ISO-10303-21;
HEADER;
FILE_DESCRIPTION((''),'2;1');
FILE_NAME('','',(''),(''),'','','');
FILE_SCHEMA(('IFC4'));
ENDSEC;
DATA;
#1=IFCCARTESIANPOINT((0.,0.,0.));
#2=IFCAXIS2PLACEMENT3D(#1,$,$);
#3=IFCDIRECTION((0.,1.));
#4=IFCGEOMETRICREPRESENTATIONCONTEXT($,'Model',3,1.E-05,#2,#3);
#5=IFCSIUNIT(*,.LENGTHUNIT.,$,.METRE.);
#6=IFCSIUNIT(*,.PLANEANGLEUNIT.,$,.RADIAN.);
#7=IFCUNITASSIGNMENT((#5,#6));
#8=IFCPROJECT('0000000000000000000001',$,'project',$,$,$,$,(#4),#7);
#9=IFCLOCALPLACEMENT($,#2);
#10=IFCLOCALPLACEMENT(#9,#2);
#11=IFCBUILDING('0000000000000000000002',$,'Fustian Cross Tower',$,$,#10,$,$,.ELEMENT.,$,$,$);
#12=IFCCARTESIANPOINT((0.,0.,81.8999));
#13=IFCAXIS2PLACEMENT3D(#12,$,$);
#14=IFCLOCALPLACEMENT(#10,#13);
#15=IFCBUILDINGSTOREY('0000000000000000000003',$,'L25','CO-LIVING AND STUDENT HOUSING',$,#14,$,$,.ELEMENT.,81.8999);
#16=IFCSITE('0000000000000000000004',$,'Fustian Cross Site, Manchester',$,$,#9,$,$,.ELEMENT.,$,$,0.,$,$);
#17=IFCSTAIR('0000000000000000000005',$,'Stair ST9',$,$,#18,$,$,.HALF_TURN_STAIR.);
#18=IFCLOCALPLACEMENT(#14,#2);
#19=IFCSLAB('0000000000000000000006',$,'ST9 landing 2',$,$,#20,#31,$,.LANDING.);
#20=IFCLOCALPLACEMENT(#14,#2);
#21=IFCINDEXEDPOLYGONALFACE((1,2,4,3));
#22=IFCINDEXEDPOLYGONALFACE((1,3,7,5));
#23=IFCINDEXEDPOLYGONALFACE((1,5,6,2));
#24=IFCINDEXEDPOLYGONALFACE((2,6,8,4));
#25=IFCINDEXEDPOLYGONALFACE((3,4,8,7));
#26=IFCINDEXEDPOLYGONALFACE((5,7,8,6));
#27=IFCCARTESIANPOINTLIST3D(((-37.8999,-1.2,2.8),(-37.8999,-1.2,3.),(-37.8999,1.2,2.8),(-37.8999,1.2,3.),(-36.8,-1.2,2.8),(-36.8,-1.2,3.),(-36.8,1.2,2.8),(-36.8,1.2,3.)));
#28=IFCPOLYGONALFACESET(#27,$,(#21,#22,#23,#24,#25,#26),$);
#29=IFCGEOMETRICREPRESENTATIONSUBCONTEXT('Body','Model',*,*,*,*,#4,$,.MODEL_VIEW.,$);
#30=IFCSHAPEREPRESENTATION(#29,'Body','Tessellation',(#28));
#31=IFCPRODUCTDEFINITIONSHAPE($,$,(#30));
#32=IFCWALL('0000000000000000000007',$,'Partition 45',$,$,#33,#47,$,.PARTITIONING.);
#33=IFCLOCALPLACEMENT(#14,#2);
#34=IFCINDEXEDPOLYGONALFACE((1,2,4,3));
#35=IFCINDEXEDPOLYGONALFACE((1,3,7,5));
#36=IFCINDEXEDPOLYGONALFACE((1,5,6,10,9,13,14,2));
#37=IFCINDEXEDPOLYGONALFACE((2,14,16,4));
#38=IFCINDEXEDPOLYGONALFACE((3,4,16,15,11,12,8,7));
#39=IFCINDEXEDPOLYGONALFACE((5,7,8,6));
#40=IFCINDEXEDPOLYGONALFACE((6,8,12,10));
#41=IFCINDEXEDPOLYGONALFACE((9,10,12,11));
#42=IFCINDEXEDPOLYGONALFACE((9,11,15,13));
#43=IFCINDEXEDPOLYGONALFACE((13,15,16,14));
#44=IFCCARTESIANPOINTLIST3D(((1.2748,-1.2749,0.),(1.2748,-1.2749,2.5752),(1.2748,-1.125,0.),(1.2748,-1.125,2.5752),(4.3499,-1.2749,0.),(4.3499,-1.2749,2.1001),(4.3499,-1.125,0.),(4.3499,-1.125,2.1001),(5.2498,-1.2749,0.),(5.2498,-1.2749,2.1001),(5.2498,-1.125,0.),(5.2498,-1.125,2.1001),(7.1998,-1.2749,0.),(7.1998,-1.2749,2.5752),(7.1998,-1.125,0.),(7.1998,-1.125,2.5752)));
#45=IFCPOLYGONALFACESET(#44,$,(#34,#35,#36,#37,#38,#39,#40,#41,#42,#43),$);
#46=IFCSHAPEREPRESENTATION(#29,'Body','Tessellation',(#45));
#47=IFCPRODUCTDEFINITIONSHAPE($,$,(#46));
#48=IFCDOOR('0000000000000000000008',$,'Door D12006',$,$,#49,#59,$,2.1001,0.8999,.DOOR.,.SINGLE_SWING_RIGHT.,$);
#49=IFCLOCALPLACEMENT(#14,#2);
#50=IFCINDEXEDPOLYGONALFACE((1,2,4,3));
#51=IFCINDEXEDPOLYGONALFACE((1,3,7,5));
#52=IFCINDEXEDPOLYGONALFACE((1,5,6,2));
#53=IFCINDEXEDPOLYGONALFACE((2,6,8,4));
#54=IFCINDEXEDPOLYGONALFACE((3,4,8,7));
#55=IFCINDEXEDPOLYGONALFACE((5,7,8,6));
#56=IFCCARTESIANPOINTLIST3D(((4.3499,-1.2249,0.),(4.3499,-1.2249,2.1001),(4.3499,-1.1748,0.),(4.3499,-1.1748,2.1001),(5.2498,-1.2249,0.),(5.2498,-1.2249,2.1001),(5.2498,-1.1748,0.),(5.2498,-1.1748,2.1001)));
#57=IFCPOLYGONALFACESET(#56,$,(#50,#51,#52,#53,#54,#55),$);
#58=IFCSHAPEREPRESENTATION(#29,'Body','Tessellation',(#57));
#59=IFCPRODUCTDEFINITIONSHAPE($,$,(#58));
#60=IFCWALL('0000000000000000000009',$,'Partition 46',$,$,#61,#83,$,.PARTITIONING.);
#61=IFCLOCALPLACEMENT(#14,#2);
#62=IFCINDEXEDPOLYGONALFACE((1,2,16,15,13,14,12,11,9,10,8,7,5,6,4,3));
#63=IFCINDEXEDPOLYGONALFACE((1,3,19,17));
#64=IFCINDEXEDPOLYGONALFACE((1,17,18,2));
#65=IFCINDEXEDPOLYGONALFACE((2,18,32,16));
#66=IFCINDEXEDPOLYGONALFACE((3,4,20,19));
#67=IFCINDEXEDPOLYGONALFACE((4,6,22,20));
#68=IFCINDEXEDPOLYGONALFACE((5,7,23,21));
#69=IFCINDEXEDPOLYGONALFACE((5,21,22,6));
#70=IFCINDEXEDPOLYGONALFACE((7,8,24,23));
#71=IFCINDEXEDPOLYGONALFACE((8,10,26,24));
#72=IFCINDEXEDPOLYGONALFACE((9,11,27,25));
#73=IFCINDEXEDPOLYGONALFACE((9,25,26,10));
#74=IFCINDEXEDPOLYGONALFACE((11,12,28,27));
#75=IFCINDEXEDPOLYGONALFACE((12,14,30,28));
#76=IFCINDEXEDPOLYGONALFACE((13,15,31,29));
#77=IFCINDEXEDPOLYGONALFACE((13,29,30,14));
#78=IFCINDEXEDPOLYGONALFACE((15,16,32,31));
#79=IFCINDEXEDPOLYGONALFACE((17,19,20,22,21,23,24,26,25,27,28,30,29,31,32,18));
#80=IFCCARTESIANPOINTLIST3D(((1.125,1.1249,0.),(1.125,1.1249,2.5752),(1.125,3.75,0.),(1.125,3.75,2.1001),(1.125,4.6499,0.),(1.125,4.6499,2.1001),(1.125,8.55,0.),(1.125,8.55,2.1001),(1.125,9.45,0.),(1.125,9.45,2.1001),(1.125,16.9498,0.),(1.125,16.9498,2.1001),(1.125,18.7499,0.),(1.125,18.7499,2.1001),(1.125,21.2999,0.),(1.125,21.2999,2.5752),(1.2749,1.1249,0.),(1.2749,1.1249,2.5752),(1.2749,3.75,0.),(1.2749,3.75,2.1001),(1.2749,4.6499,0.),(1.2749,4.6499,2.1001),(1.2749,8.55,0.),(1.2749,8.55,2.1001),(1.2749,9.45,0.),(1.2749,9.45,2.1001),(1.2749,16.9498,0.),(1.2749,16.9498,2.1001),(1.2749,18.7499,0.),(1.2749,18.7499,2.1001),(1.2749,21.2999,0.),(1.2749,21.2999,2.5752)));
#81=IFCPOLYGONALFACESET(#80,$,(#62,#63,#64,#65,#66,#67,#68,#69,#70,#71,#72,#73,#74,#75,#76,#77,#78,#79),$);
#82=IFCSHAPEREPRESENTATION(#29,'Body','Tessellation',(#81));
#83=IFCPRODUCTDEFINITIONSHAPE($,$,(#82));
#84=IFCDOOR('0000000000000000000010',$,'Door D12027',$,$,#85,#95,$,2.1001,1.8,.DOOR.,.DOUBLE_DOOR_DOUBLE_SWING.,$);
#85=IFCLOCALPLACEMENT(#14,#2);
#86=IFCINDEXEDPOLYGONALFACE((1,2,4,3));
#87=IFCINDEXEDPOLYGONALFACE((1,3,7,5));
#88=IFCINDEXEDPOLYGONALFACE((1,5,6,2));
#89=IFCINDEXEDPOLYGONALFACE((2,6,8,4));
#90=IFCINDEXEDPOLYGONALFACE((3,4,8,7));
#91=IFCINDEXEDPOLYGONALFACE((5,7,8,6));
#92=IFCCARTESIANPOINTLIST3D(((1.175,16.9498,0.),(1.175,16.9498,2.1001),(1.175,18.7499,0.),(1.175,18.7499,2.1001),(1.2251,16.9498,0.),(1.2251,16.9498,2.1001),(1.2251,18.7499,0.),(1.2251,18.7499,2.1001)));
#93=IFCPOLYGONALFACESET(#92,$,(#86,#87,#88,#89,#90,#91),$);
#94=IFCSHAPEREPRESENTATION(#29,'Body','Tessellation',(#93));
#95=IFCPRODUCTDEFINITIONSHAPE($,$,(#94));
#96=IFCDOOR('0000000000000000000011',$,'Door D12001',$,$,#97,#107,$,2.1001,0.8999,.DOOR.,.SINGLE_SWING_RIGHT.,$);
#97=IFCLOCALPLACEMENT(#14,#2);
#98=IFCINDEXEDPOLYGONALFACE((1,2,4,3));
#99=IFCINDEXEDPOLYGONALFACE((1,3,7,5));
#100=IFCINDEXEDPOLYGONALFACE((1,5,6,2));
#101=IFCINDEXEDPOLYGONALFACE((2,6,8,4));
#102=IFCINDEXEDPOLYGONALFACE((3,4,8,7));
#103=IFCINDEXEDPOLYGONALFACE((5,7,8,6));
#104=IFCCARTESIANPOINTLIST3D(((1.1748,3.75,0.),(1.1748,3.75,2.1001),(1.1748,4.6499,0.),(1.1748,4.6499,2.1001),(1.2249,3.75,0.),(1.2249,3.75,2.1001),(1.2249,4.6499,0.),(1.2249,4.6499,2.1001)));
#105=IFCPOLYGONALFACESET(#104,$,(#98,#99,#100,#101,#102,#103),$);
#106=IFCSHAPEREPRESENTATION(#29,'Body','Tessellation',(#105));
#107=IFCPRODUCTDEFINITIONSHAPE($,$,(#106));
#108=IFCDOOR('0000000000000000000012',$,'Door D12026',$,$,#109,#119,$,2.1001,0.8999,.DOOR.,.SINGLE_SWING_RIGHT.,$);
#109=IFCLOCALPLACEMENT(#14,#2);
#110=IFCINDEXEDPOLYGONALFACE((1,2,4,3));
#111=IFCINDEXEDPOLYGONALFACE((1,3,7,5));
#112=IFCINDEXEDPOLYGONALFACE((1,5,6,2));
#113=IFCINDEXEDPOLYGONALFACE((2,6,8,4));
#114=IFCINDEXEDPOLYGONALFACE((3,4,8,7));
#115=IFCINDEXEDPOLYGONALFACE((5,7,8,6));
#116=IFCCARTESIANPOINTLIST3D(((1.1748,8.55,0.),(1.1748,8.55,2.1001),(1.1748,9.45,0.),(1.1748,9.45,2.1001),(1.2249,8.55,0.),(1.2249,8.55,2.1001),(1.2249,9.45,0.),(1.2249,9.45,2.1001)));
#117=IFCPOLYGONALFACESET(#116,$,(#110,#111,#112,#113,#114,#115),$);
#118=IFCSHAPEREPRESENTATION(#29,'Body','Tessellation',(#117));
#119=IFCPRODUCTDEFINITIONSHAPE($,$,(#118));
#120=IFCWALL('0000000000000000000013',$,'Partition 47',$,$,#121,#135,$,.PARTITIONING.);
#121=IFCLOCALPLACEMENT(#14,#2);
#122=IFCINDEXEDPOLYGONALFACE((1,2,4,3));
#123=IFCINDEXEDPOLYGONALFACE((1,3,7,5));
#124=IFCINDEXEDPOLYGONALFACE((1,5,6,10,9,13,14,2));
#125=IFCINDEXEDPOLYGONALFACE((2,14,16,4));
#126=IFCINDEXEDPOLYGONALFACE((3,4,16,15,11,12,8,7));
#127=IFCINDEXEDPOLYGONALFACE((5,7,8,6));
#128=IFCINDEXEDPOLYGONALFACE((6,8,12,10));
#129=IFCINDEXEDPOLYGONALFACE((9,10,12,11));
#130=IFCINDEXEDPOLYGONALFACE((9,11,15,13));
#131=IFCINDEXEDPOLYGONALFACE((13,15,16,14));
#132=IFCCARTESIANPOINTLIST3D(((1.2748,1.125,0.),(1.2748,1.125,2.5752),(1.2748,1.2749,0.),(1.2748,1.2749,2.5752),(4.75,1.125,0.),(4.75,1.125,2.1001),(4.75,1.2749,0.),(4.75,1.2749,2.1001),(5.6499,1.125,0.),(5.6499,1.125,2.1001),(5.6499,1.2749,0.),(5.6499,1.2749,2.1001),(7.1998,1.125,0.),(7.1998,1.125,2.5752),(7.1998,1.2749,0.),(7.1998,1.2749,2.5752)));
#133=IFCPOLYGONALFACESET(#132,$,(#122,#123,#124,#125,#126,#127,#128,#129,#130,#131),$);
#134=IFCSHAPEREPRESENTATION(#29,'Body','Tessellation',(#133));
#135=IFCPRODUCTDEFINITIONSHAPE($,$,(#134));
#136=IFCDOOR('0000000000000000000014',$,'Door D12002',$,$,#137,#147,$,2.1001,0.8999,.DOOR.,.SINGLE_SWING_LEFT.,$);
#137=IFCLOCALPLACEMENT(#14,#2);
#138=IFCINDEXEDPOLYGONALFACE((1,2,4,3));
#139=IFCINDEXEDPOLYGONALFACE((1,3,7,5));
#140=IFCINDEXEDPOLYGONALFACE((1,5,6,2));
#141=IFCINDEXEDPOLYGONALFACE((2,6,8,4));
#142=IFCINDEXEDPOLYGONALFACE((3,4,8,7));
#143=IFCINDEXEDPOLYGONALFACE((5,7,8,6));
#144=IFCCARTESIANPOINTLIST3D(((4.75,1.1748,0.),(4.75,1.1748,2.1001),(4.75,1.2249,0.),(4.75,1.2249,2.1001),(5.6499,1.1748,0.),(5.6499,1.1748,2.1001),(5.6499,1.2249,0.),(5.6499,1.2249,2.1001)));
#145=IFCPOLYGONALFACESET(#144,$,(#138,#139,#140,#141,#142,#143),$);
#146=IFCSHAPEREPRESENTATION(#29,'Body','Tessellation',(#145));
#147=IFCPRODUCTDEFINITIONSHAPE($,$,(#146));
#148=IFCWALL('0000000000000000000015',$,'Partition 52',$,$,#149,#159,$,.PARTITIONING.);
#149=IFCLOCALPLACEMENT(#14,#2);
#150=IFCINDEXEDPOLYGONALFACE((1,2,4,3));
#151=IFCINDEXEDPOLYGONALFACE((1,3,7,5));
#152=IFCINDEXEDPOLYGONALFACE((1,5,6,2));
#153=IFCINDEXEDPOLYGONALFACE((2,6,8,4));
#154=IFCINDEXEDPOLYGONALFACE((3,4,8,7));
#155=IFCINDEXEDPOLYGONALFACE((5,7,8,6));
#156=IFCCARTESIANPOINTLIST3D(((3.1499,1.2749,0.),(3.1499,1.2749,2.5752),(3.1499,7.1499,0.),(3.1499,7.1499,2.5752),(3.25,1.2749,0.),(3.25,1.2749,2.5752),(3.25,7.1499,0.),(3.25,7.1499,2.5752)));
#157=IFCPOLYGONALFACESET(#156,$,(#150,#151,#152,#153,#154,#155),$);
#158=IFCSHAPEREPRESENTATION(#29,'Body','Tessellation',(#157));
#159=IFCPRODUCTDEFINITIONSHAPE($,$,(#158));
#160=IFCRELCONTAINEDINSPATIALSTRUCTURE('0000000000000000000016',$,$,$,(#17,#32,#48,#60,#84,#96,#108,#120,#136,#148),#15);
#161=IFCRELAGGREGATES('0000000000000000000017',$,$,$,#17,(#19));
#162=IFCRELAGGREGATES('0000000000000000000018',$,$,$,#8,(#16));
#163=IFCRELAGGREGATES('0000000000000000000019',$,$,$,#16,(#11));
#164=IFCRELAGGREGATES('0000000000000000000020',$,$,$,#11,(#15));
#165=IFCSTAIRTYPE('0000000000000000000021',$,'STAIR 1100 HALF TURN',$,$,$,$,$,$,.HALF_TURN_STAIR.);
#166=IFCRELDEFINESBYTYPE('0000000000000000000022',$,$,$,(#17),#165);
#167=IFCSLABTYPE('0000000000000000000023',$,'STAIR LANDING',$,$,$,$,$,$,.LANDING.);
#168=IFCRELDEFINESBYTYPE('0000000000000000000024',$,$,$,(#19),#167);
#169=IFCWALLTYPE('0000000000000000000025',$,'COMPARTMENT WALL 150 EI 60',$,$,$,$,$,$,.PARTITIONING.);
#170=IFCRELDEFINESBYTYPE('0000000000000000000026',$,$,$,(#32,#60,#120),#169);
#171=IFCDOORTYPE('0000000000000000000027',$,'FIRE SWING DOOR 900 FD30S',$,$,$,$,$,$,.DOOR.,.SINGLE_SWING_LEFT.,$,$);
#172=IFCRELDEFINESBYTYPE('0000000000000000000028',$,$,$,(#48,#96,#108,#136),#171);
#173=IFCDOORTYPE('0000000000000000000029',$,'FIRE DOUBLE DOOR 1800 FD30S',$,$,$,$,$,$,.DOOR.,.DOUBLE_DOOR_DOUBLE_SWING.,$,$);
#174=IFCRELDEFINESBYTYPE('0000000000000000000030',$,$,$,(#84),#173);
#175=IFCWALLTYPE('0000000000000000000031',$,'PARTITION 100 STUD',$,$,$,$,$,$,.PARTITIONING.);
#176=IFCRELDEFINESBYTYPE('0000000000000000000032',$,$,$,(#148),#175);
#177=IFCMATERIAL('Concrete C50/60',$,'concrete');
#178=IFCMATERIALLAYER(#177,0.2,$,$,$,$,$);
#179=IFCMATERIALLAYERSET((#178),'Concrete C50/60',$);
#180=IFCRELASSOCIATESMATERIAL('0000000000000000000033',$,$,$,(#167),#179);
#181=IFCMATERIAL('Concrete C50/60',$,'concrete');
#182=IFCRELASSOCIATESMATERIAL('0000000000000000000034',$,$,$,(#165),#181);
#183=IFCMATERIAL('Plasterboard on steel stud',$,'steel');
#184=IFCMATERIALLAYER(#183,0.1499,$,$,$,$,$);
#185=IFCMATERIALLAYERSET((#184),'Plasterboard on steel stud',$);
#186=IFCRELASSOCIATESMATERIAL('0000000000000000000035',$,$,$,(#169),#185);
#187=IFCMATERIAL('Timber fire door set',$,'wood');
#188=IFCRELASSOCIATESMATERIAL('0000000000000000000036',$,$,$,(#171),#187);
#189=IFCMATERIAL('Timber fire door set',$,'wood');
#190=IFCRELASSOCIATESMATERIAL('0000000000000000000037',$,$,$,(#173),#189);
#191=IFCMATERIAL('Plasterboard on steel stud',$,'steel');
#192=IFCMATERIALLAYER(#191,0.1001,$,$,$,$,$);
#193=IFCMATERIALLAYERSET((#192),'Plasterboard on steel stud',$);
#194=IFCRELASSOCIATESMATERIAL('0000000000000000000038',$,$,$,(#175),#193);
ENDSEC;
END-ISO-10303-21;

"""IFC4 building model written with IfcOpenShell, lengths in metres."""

from ifc_helpers import new_model, si_unit, direction, frame, frame_2d, origin, place, context, subcontext, project, spatial, polyline, rectangle, outline, extrude, material, layer, layer_set, type_object, element, fill, aggregate, save


model = new_model("IFC4")

# Units and contexts
model_context = context("Model", 3, precision=1e-05, world=origin(), true_north=direction((0.0, 1.0)))
body_context = subcontext(model_context, "Body", "Model", "MODEL_VIEW")
ifc_project = project(units=[si_unit("LENGTHUNIT", "METRE"), si_unit("PLANEANGLEUNIT", "RADIAN")], contexts=[model_context])

# Site, building, storey
site_placement = place(None, origin())
site = spatial("IfcSite", under=ifc_project, at=site_placement, Name="Fustian Cross Site, Manchester", CompositionType="ELEMENT", RefElevation=0.0)
building_placement = place(site_placement, origin())
building = spatial("IfcBuilding", under=site, at=building_placement, Name="Fustian Cross Tower", CompositionType="ELEMENT")
storey_placement = place(building_placement, frame((0.0, 0.0, 81.8999)))
storey = spatial("IfcBuildingStorey", under=building, at=storey_placement, Name="L25", Description="CO-LIVING AND STUDENT HOUSING", CompositionType="ELEMENT", Elevation=81.8999)

# Shared definitions
ifc_material_1 = material(Name="Concrete C50/60", Category="concrete")
ifc_layer_1 = layer(ifc_material_1, 0.2)
ifc_layer_set_1 = layer_set([ifc_layer_1], Name="Concrete C50/60")
slab_type = type_object("IfcSlabType", Name="STAIR LANDING", PredefinedType="LANDING", material=ifc_layer_set_1)

# Stair, slab
ifc_material_2 = material(Name="Concrete C50/60", Category="concrete")
stair_type_1 = type_object("IfcStairType", Name="STAIR 1100 HALF TURN", PredefinedType="HALF_TURN_STAIR", material=ifc_material_2)
stair_1_placement = place(storey_placement, origin())
stair_1 = element("IfcStair", 1, at=stair_1_placement, inside=storey, type_object=stair_type_1, Name="Stair ST9", PredefinedType="HALF_TURN_STAIR")
slab_1_placement = place(storey_placement, frame((0.0, 0.0, 2.8)))
slab_1 = element("IfcSlab", 2, at=slab_1_placement, type_object=slab_type, Name="ST9 landing 2", PredefinedType="LANDING", context=body_context, shape_type="SweptSolid", body=[
    extrude(outline(polyline([(-36.8, -1.2), (-37.8999, -1.2), (-37.8999, 1.2), (-36.8, 1.2), (-36.8, -1.2)])), origin(), (0.0, 0.0, 1.0), 0.2),
])
aggregate(stair_1, [slab_1])

# Wall, opening, door
ifc_material_3 = material(Name="Plasterboard on steel stud", Category="steel")
ifc_layer_2 = layer(ifc_material_3, 0.1499)
ifc_layer_set_2 = layer_set([ifc_layer_2], Name="Plasterboard on steel stud")
wall_type_1 = type_object("IfcWallType", Name="COMPARTMENT WALL 150 EI 60", PredefinedType="PARTITIONING", material=ifc_layer_set_2)
wall_1_placement = place(storey_placement, frame((1.2749, -1.2, 0.0), z_axis=(0.0, 0.0, 1.0), x_axis=(1.0, 0.0, 0.0)))
wall_1 = element("IfcWall", 3, at=wall_1_placement, inside=storey, type_object=wall_type_1, Name="Partition 45", PredefinedType="PARTITIONING", context=body_context, shape_type="SweptSolid", body=[
    extrude(rectangle(XDim=5.925, YDim=0.1499, at=frame_2d((2.9624, 0.0))), origin(), (0.0, 0.0, 1.0), 2.5752),
])
opening_1_placement = place(wall_1_placement, frame((3.075, 0.0, 0.0)))
opening_1 = element("IfcOpeningElement", 4, at=opening_1_placement, cuts=wall_1, PredefinedType="OPENING", context=body_context, shape_type="SweptSolid", body=[
    extrude(rectangle(XDim=0.8999, YDim=2.1001, at=frame_2d((0.45, 1.05))), frame((0.0, 0.085, 0.0), z_axis=(0.0, -1.0, 0.0), x_axis=(1.0, 0.0, 0.0)), (0.0, 0.0, 1.0), 0.1699),
])
ifc_material_4 = material(Name="Timber fire door set", Category="wood")
door_type_1 = type_object("IfcDoorType", Name="FIRE SWING DOOR 900 FD30S", OperationType="SINGLE_SWING_LEFT", PredefinedType="DOOR", material=ifc_material_4)
door_1_placement = place(opening_1_placement, frame((0.8999, 0.0, 0.0), z_axis=(0.0, 0.0, 1.0), x_axis=(-1.0, 0.0, 0.0)))
door_1 = element("IfcDoor", 5, at=door_1_placement, inside=storey, type_object=door_type_1, Name="Door D12006", OperationType="SINGLE_SWING_RIGHT", OverallHeight=2.1001, OverallWidth=0.8999, PredefinedType="DOOR", context=body_context, shape_type="SweptSolid", body=[
    extrude(rectangle(XDim=0.8999, YDim=2.1001, at=frame_2d((0.45, 1.05))), frame((0.0, 0.0249, 0.0), z_axis=(0.0, -1.0, 0.0), x_axis=(1.0, 0.0, 0.0)), (0.0, 0.0, 1.0), 0.05),
])
fill(opening_1, door_1)

# Wall, openings, doors
wall_2_placement = place(storey_placement, frame((1.2, 1.125, 0.0), z_axis=(0.0, 0.0, 1.0), x_axis=(0.0, 1.0, 0.0)))
wall_2 = element("IfcWall", 6, at=wall_2_placement, inside=storey, type_object=wall_type_1, Name="Partition 46", PredefinedType="PARTITIONING", context=body_context, shape_type="SweptSolid", body=[
    extrude(rectangle(XDim=20.175, YDim=0.1499, at=frame_2d((10.0874, 0.0))), origin(), (0.0, 0.0, 1.0), 2.5752),
])
opening_2_placement = place(wall_2_placement, frame((2.625, 0.0, 0.0)))
opening_2 = element("IfcOpeningElement", 7, at=opening_2_placement, cuts=wall_2, PredefinedType="OPENING", context=body_context, shape_type="SweptSolid", body=[
    extrude(rectangle(XDim=0.8999, YDim=2.1001, at=frame_2d((0.45, 1.05))), frame((0.0, 0.085, 0.0), z_axis=(0.0, -1.0, 0.0), x_axis=(1.0, 0.0, 0.0)), (0.0, 0.0, 1.0), 0.1699),
])
opening_3_placement = place(wall_2_placement, frame((7.425, 0.0, 0.0)))
opening_3 = element("IfcOpeningElement", 8, at=opening_3_placement, cuts=wall_2, PredefinedType="OPENING", context=body_context, shape_type="SweptSolid", body=[
    extrude(rectangle(XDim=0.8999, YDim=2.1001, at=frame_2d((0.45, 1.05))), frame((0.0, 0.085, 0.0), z_axis=(0.0, -1.0, 0.0), x_axis=(1.0, 0.0, 0.0)), (0.0, 0.0, 1.0), 0.1699),
])
opening_4_placement = place(wall_2_placement, frame((15.825, 0.0, 0.0)))
opening_4 = element("IfcOpeningElement", 9, at=opening_4_placement, cuts=wall_2, PredefinedType="OPENING", context=body_context, shape_type="SweptSolid", body=[
    extrude(rectangle(XDim=1.8, YDim=2.1001, at=frame_2d((0.8999, 1.05))), frame((0.0, 0.085, 0.0), z_axis=(0.0, -1.0, 0.0), x_axis=(1.0, 0.0, 0.0)), (0.0, 0.0, 1.0), 0.1699),
])
ifc_material_5 = material(Name="Timber fire door set", Category="wood")
door_type_2 = type_object("IfcDoorType", Name="FIRE DOUBLE DOOR 1800 FD30S", OperationType="DOUBLE_DOOR_DOUBLE_SWING", PredefinedType="DOOR", material=ifc_material_5)
door_2_placement = place(opening_4_placement, origin())
door_2 = element("IfcDoor", 10, at=door_2_placement, inside=storey, type_object=door_type_2, Name="Door D12027", OperationType="DOUBLE_DOOR_DOUBLE_SWING", OverallHeight=2.1001, OverallWidth=1.8, PredefinedType="DOOR", context=body_context, shape_type="SweptSolid", body=[
    extrude(rectangle(XDim=1.8, YDim=2.1001, at=frame_2d((0.8999, 1.05))), frame((0.0, 0.0249, 0.0), z_axis=(0.0, -1.0, 0.0), x_axis=(1.0, 0.0, 0.0)), (0.0, 0.0, 1.0), 0.05),
])
fill(opening_4, door_2)
door_3_placement = place(opening_2_placement, frame((0.8999, 0.0, 0.0), z_axis=(0.0, 0.0, 1.0), x_axis=(-1.0, 0.0, 0.0)))
door_3 = element("IfcDoor", 11, at=door_3_placement, inside=storey, type_object=door_type_1, Name="Door D12001", OperationType="SINGLE_SWING_RIGHT", OverallHeight=2.1001, OverallWidth=0.8999, PredefinedType="DOOR", context=body_context, shape_type="SweptSolid", body=[
    extrude(rectangle(XDim=0.8999, YDim=2.1001, at=frame_2d((0.45, 1.05))), frame((0.0, 0.0249, 0.0), z_axis=(0.0, -1.0, 0.0), x_axis=(1.0, 0.0, 0.0)), (0.0, 0.0, 1.0), 0.05),
])
fill(opening_2, door_3)
door_4_placement = place(opening_3_placement, frame((0.8999, 0.0, 0.0), z_axis=(0.0, 0.0, 1.0), x_axis=(-1.0, 0.0, 0.0)))
door_4 = element("IfcDoor", 12, at=door_4_placement, inside=storey, type_object=door_type_1, Name="Door D12026", OperationType="SINGLE_SWING_RIGHT", OverallHeight=2.1001, OverallWidth=0.8999, PredefinedType="DOOR", context=body_context, shape_type="SweptSolid", body=[
    extrude(rectangle(XDim=0.8999, YDim=2.1001, at=frame_2d((0.45, 1.05))), frame((0.0, 0.0249, 0.0), z_axis=(0.0, -1.0, 0.0), x_axis=(1.0, 0.0, 0.0)), (0.0, 0.0, 1.0), 0.05),
])
fill(opening_3, door_4)

# Wall, opening, door
wall_3_placement = place(storey_placement, frame((1.2749, 1.2, 0.0), z_axis=(0.0, 0.0, 1.0), x_axis=(1.0, 0.0, 0.0)))
wall_3 = element("IfcWall", 13, at=wall_3_placement, inside=storey, type_object=wall_type_1, Name="Partition 47", PredefinedType="PARTITIONING", context=body_context, shape_type="SweptSolid", body=[
    extrude(rectangle(XDim=5.925, YDim=0.1499, at=frame_2d((2.9624, 0.0))), origin(), (0.0, 0.0, 1.0), 2.5752),
])
opening_5_placement = place(wall_3_placement, frame((3.4751, 0.0, 0.0)))
opening_5 = element("IfcOpeningElement", 14, at=opening_5_placement, cuts=wall_3, PredefinedType="OPENING", context=body_context, shape_type="SweptSolid", body=[
    extrude(rectangle(XDim=0.8999, YDim=2.1001, at=frame_2d((0.45, 1.05))), frame((0.0, 0.085, 0.0), z_axis=(0.0, -1.0, 0.0), x_axis=(1.0, 0.0, 0.0)), (0.0, 0.0, 1.0), 0.1699),
])
door_5_placement = place(opening_5_placement, origin())
door_5 = element("IfcDoor", 15, at=door_5_placement, inside=storey, type_object=door_type_1, Name="Door D12002", OperationType="SINGLE_SWING_LEFT", OverallHeight=2.1001, OverallWidth=0.8999, PredefinedType="DOOR", context=body_context, shape_type="SweptSolid", body=[
    extrude(rectangle(XDim=0.8999, YDim=2.1001, at=frame_2d((0.45, 1.05))), frame((0.0, 0.0249, 0.0), z_axis=(0.0, -1.0, 0.0), x_axis=(1.0, 0.0, 0.0)), (0.0, 0.0, 1.0), 0.05),
])
fill(opening_5, door_5)

# Wall
ifc_material_6 = material(Name="Plasterboard on steel stud", Category="steel")
ifc_layer_3 = layer(ifc_material_6, 0.1001)
ifc_layer_set_3 = layer_set([ifc_layer_3], Name="Plasterboard on steel stud")
wall_type_2 = type_object("IfcWallType", Name="PARTITION 100 STUD", PredefinedType="PARTITIONING", material=ifc_layer_set_3)
wall_4_placement = place(storey_placement, frame((3.2, 1.2749, 0.0), z_axis=(0.0, 0.0, 1.0), x_axis=(0.0, 1.0, 0.0)))
element("IfcWall", 16, at=wall_4_placement, inside=storey, type_object=wall_type_2, Name="Partition 52", PredefinedType="PARTITIONING", context=body_context, shape_type="SweptSolid", body=[
    extrude(rectangle(XDim=5.875, YDim=0.1001, at=frame_2d((2.9375, 0.0))), origin(), (0.0, 0.0, 1.0), 2.5752),
])

save(model, "model.ifc")
